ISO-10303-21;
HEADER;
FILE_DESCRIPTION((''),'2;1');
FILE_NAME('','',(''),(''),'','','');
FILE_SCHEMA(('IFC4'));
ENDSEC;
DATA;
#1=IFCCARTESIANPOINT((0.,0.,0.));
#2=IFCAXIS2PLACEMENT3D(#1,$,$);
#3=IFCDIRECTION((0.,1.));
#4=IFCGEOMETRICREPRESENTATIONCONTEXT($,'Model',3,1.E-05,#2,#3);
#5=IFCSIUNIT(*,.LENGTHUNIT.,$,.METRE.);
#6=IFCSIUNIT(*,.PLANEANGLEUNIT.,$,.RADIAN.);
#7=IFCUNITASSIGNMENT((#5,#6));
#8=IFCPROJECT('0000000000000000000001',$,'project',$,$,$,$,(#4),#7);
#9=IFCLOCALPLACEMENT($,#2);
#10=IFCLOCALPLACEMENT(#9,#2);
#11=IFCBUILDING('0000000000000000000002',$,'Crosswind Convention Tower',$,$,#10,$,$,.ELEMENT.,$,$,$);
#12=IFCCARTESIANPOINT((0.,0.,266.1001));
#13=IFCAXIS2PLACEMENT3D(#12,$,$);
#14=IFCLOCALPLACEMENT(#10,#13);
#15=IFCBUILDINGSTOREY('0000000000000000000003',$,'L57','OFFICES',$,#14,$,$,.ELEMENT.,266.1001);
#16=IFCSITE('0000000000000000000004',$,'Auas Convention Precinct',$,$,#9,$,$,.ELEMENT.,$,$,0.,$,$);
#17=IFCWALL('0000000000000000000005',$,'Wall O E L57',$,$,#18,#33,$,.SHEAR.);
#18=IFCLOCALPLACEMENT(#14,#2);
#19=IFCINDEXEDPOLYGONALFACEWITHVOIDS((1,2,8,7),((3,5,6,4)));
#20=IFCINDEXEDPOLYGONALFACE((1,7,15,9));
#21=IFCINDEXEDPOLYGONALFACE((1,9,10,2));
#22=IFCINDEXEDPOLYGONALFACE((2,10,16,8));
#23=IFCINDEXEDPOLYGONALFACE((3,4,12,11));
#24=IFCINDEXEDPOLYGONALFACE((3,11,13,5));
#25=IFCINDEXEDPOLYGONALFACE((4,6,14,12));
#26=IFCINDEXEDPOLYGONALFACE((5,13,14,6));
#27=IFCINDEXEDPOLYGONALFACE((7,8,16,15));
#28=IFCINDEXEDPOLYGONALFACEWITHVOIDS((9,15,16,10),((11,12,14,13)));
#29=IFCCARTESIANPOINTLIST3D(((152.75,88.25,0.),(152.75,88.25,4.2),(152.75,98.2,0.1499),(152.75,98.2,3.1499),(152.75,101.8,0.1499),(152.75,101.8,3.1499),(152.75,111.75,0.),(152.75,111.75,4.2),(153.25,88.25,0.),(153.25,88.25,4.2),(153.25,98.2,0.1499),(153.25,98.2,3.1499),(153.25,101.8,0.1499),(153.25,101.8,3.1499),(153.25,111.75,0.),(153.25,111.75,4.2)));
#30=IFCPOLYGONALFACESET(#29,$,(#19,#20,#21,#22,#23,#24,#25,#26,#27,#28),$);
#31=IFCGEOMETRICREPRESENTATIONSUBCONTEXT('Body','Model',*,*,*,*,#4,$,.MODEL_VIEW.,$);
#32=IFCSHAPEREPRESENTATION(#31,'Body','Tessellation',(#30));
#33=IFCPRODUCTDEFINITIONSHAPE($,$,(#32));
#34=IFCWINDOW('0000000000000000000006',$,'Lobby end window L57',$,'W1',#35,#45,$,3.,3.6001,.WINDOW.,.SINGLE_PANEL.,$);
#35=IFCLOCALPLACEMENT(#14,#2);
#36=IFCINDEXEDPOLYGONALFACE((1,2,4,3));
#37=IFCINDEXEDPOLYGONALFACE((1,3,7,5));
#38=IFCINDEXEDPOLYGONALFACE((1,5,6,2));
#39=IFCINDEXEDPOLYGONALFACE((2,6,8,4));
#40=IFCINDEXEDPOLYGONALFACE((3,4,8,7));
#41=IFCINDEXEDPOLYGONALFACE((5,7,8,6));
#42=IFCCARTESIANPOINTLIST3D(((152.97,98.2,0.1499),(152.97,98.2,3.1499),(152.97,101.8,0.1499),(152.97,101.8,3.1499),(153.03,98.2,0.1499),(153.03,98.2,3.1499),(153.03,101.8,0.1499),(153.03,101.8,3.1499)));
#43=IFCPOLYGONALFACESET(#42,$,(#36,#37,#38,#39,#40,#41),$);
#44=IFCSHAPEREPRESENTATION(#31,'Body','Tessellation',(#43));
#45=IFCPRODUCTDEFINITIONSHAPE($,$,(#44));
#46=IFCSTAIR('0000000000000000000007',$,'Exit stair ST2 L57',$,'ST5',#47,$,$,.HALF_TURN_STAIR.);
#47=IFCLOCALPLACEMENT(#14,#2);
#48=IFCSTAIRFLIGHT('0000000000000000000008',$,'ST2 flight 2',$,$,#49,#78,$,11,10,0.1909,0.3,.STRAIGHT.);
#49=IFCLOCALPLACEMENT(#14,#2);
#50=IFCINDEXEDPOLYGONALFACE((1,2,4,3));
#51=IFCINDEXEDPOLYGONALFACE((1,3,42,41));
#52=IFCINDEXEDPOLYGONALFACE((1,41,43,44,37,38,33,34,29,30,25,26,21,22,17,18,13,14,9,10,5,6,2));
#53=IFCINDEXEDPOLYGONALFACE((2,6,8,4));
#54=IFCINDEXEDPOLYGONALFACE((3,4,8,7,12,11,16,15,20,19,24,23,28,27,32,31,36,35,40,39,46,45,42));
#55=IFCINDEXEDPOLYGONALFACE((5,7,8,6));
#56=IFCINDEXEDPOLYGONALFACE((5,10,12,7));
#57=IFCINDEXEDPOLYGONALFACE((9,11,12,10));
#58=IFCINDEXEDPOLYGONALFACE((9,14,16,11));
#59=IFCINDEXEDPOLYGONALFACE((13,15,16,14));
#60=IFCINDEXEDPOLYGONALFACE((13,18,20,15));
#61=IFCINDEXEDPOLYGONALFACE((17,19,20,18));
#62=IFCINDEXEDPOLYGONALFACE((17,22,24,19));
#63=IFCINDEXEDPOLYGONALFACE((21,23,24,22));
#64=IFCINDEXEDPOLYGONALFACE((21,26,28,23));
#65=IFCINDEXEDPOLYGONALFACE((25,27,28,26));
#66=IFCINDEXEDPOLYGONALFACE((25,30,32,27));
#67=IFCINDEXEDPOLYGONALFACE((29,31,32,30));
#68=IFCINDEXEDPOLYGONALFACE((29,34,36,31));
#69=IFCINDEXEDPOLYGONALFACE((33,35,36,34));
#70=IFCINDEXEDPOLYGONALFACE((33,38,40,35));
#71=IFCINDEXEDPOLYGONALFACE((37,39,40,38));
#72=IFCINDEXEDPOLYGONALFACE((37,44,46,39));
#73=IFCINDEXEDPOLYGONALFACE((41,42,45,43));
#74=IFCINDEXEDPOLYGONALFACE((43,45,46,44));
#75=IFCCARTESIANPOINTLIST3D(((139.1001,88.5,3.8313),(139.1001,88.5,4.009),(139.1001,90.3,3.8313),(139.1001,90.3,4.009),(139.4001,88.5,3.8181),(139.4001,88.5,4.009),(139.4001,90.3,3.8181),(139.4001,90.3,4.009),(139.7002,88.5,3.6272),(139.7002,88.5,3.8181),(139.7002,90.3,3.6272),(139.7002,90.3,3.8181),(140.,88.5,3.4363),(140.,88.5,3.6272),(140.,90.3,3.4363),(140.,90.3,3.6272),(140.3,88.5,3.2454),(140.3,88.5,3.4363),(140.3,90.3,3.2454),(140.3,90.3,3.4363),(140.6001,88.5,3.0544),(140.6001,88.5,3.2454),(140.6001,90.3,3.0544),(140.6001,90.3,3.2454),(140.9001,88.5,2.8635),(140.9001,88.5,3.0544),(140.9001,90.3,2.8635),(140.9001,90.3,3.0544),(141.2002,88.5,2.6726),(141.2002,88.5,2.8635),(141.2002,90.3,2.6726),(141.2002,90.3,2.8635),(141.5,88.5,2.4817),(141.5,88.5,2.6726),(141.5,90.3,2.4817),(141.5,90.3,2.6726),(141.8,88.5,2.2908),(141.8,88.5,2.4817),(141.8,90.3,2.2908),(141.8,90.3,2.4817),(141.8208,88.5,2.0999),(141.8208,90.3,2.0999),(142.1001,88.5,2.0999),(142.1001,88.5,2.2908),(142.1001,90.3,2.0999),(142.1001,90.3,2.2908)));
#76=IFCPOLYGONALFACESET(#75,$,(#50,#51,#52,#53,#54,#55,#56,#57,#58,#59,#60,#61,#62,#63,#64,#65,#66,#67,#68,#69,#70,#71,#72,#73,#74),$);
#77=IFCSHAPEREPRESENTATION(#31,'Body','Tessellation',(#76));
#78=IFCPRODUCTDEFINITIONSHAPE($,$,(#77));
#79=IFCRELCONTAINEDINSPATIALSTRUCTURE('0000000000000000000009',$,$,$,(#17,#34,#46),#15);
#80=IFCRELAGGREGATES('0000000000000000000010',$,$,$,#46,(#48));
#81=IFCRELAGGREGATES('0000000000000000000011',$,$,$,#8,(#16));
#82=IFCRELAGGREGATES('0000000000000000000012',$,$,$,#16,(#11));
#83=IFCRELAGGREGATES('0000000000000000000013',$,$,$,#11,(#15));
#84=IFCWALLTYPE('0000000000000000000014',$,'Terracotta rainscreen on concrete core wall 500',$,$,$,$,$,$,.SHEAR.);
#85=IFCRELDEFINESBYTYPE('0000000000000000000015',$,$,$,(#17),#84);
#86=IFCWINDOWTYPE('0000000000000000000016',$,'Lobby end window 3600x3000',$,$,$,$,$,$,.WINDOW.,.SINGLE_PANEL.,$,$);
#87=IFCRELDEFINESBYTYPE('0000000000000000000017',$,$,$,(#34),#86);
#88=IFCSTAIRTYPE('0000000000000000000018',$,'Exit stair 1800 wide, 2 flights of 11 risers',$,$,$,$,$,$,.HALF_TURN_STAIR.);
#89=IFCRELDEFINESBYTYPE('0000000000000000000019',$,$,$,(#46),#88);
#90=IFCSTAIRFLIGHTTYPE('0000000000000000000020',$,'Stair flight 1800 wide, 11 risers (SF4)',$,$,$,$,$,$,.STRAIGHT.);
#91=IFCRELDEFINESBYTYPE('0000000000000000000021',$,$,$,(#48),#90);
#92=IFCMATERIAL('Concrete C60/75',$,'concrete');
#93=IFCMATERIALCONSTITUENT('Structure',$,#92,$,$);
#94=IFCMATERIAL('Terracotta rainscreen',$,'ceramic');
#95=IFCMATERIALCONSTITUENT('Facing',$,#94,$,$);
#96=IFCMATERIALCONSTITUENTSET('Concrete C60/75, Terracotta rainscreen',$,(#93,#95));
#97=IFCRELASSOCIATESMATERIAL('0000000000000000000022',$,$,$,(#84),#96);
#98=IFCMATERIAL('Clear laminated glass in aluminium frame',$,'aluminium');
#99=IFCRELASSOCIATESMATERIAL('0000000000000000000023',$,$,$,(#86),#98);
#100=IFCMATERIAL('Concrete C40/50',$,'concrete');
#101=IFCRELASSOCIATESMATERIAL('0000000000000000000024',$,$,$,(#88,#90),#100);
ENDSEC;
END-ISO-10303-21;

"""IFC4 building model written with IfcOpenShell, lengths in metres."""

from ifc_helpers import new_model, si_unit, direction, frame, frame_2d, origin, place, context, subcontext, project, spatial, polyline, rectangle, outline, extrude, material, constituent, constituent_set, type_object, element, fill, aggregate, save


model = new_model("IFC4")

# Units and contexts
model_context = context("Model", 3, precision=1e-05, world=origin(), true_north=direction((0.0, 1.0)))
body_context = subcontext(model_context, "Body", "Model", "MODEL_VIEW")
ifc_project = project(units=[si_unit("LENGTHUNIT", "METRE"), si_unit("PLANEANGLEUNIT", "RADIAN")], contexts=[model_context])

# Site, building, storey
site_placement = place(None, origin())
site = spatial("IfcSite", under=ifc_project, at=site_placement, Name="Auas Convention Precinct", CompositionType="ELEMENT", RefElevation=0.0)
building_placement = place(site_placement, origin())
building = spatial("IfcBuilding", under=site, at=building_placement, Name="Crosswind Convention Tower", CompositionType="ELEMENT")
storey_placement = place(building_placement, frame((0.0, 0.0, 266.1001)))
storey = spatial("IfcBuildingStorey", under=building, at=storey_placement, Name="L57", Description="OFFICES", CompositionType="ELEMENT", Elevation=266.1001)

# Wall, opening, window
ifc_material_1 = material(Name="Concrete C60/75", Category="concrete")
ifc_constituent_1 = constituent(ifc_material_1, Name="Structure")
ifc_material_2 = material(Name="Terracotta rainscreen", Category="ceramic")
ifc_constituent_2 = constituent(ifc_material_2, Name="Facing")
ifc_constituent_set = constituent_set(constituents=[ifc_constituent_1, ifc_constituent_2], Name="Concrete C60/75, Terracotta rainscreen")
wall_type_1 = type_object("IfcWallType", Name="Terracotta rainscreen on concrete core wall 500", PredefinedType="SHEAR", material=ifc_constituent_set)
wall_1_placement = place(storey_placement, frame((153.0, 88.25, 0.0), z_axis=(0.0, 0.0, 1.0), x_axis=(0.0, 1.0, 0.0)))
wall_1 = element("IfcWall", 1, at=wall_1_placement, inside=storey, type_object=wall_type_1, Name="Wall O E L57", PredefinedType="SHEAR", context=body_context, shape_type="SweptSolid", body=[
    extrude(rectangle(XDim=23.5, YDim=0.5, at=frame_2d((11.75, 0.0))), origin(), (0.0, 0.0, 1.0), 4.2),
])
opening_1_placement = place(wall_1_placement, frame((9.95, 0.0, 0.1499)))
opening_1 = element("IfcOpeningElement", 2, at=opening_1_placement, cuts=wall_1, PredefinedType="OPENING", context=body_context, shape_type="SweptSolid", body=[
    extrude(rectangle(XDim=3.6001, YDim=3.0, at=frame_2d((1.8, 1.5))), frame((0.0, 0.26, 0.0), z_axis=(0.0, -1.0, 0.0), x_axis=(1.0, 0.0, 0.0)), (0.0, 0.0, 1.0), 0.52),
])
ifc_material_3 = material(Name="Clear laminated glass in aluminium frame", Category="aluminium")
window_type = type_object("IfcWindowType", Name="Lobby end window 3600x3000", PartitioningType="SINGLE_PANEL", PredefinedType="WINDOW", material=ifc_material_3)
window_placement = place(opening_1_placement, origin())
window = element("IfcWindow", 3, at=window_placement, inside=storey, type_object=window_type, Name="Lobby end window L57", ObjectType="W1", OverallHeight=3.0, OverallWidth=3.6001, PartitioningType="SINGLE_PANEL", PredefinedType="WINDOW", context=body_context, shape_type="SweptSolid", body=[
    extrude(rectangle(XDim=3.6001, YDim=3.0, at=frame_2d((1.8, 1.5))), frame((0.0, 0.03, 0.0), z_axis=(0.0, -1.0, 0.0), x_axis=(1.0, 0.0, 0.0)), (0.0, 0.0, 1.0), 0.0601),
])
fill(opening_1, window)

# Stair, stair flight
ifc_material_4 = material(Name="Concrete C40/50", Category="concrete")
stair_type = type_object("IfcStairType", Name="Exit stair 1800 wide, 2 flights of 11 risers", PredefinedType="HALF_TURN_STAIR", material=ifc_material_4)
stair_placement = place(storey_placement, origin())
stair = element("IfcStair", 4, at=stair_placement, inside=storey, type_object=stair_type, Name="Exit stair ST2 L57", ObjectType="ST5", PredefinedType="HALF_TURN_STAIR")
stair_flight_type = type_object("IfcStairFlightType", Name="Stair flight 1800 wide, 11 risers (SF4)", PredefinedType="STRAIGHT", material=ifc_material_4)
stair_flight_placement = place(storey_placement, frame((142.1001, 89.3999, 2.0999), z_axis=(0.0, 0.0, 1.0), x_axis=(-1.0, 0.0, 0.0)))
stair_flight = element("IfcStairFlight", 5, at=stair_flight_placement, type_object=stair_flight_type, Name="ST2 flight 2", NumberOfRisers=11, NumberOfTreads=10, PredefinedType="STRAIGHT", RiserHeight=0.1909, TreadLength=0.3, context=body_context, shape_type="SweptSolid", body=[
    extrude(outline(polyline([(0.0, 0.0), (0.0, 0.1909), (0.3, 0.1909), (0.3, 0.3818), (0.6001, 0.3818), (0.6001, 0.5728), (0.8999, 0.5728), (0.8999, 0.7637), (1.2, 0.7637), (1.2, 0.9546), (1.5, 0.9546), (1.5, 1.1455), (1.8, 1.1455), (1.8, 1.3364), (2.1001, 1.3364), (2.1001, 1.5273), (2.3999, 1.5273), (2.3999, 1.7183), (2.7, 1.7183), (2.7, 1.9092), (3.0, 1.9092), (3.0, 2.1001), (3.0, 1.7314), (0.2793, 0.0), (0.0, 0.0)])), frame((0.0, 0.8999, 0.0), z_axis=(0.0, -1.0, 0.0), x_axis=(1.0, 0.0, 0.0)), (0.0, 0.0, 1.0), 1.8),
])
aggregate(stair, [stair_flight])

save(model, "model.ifc")
